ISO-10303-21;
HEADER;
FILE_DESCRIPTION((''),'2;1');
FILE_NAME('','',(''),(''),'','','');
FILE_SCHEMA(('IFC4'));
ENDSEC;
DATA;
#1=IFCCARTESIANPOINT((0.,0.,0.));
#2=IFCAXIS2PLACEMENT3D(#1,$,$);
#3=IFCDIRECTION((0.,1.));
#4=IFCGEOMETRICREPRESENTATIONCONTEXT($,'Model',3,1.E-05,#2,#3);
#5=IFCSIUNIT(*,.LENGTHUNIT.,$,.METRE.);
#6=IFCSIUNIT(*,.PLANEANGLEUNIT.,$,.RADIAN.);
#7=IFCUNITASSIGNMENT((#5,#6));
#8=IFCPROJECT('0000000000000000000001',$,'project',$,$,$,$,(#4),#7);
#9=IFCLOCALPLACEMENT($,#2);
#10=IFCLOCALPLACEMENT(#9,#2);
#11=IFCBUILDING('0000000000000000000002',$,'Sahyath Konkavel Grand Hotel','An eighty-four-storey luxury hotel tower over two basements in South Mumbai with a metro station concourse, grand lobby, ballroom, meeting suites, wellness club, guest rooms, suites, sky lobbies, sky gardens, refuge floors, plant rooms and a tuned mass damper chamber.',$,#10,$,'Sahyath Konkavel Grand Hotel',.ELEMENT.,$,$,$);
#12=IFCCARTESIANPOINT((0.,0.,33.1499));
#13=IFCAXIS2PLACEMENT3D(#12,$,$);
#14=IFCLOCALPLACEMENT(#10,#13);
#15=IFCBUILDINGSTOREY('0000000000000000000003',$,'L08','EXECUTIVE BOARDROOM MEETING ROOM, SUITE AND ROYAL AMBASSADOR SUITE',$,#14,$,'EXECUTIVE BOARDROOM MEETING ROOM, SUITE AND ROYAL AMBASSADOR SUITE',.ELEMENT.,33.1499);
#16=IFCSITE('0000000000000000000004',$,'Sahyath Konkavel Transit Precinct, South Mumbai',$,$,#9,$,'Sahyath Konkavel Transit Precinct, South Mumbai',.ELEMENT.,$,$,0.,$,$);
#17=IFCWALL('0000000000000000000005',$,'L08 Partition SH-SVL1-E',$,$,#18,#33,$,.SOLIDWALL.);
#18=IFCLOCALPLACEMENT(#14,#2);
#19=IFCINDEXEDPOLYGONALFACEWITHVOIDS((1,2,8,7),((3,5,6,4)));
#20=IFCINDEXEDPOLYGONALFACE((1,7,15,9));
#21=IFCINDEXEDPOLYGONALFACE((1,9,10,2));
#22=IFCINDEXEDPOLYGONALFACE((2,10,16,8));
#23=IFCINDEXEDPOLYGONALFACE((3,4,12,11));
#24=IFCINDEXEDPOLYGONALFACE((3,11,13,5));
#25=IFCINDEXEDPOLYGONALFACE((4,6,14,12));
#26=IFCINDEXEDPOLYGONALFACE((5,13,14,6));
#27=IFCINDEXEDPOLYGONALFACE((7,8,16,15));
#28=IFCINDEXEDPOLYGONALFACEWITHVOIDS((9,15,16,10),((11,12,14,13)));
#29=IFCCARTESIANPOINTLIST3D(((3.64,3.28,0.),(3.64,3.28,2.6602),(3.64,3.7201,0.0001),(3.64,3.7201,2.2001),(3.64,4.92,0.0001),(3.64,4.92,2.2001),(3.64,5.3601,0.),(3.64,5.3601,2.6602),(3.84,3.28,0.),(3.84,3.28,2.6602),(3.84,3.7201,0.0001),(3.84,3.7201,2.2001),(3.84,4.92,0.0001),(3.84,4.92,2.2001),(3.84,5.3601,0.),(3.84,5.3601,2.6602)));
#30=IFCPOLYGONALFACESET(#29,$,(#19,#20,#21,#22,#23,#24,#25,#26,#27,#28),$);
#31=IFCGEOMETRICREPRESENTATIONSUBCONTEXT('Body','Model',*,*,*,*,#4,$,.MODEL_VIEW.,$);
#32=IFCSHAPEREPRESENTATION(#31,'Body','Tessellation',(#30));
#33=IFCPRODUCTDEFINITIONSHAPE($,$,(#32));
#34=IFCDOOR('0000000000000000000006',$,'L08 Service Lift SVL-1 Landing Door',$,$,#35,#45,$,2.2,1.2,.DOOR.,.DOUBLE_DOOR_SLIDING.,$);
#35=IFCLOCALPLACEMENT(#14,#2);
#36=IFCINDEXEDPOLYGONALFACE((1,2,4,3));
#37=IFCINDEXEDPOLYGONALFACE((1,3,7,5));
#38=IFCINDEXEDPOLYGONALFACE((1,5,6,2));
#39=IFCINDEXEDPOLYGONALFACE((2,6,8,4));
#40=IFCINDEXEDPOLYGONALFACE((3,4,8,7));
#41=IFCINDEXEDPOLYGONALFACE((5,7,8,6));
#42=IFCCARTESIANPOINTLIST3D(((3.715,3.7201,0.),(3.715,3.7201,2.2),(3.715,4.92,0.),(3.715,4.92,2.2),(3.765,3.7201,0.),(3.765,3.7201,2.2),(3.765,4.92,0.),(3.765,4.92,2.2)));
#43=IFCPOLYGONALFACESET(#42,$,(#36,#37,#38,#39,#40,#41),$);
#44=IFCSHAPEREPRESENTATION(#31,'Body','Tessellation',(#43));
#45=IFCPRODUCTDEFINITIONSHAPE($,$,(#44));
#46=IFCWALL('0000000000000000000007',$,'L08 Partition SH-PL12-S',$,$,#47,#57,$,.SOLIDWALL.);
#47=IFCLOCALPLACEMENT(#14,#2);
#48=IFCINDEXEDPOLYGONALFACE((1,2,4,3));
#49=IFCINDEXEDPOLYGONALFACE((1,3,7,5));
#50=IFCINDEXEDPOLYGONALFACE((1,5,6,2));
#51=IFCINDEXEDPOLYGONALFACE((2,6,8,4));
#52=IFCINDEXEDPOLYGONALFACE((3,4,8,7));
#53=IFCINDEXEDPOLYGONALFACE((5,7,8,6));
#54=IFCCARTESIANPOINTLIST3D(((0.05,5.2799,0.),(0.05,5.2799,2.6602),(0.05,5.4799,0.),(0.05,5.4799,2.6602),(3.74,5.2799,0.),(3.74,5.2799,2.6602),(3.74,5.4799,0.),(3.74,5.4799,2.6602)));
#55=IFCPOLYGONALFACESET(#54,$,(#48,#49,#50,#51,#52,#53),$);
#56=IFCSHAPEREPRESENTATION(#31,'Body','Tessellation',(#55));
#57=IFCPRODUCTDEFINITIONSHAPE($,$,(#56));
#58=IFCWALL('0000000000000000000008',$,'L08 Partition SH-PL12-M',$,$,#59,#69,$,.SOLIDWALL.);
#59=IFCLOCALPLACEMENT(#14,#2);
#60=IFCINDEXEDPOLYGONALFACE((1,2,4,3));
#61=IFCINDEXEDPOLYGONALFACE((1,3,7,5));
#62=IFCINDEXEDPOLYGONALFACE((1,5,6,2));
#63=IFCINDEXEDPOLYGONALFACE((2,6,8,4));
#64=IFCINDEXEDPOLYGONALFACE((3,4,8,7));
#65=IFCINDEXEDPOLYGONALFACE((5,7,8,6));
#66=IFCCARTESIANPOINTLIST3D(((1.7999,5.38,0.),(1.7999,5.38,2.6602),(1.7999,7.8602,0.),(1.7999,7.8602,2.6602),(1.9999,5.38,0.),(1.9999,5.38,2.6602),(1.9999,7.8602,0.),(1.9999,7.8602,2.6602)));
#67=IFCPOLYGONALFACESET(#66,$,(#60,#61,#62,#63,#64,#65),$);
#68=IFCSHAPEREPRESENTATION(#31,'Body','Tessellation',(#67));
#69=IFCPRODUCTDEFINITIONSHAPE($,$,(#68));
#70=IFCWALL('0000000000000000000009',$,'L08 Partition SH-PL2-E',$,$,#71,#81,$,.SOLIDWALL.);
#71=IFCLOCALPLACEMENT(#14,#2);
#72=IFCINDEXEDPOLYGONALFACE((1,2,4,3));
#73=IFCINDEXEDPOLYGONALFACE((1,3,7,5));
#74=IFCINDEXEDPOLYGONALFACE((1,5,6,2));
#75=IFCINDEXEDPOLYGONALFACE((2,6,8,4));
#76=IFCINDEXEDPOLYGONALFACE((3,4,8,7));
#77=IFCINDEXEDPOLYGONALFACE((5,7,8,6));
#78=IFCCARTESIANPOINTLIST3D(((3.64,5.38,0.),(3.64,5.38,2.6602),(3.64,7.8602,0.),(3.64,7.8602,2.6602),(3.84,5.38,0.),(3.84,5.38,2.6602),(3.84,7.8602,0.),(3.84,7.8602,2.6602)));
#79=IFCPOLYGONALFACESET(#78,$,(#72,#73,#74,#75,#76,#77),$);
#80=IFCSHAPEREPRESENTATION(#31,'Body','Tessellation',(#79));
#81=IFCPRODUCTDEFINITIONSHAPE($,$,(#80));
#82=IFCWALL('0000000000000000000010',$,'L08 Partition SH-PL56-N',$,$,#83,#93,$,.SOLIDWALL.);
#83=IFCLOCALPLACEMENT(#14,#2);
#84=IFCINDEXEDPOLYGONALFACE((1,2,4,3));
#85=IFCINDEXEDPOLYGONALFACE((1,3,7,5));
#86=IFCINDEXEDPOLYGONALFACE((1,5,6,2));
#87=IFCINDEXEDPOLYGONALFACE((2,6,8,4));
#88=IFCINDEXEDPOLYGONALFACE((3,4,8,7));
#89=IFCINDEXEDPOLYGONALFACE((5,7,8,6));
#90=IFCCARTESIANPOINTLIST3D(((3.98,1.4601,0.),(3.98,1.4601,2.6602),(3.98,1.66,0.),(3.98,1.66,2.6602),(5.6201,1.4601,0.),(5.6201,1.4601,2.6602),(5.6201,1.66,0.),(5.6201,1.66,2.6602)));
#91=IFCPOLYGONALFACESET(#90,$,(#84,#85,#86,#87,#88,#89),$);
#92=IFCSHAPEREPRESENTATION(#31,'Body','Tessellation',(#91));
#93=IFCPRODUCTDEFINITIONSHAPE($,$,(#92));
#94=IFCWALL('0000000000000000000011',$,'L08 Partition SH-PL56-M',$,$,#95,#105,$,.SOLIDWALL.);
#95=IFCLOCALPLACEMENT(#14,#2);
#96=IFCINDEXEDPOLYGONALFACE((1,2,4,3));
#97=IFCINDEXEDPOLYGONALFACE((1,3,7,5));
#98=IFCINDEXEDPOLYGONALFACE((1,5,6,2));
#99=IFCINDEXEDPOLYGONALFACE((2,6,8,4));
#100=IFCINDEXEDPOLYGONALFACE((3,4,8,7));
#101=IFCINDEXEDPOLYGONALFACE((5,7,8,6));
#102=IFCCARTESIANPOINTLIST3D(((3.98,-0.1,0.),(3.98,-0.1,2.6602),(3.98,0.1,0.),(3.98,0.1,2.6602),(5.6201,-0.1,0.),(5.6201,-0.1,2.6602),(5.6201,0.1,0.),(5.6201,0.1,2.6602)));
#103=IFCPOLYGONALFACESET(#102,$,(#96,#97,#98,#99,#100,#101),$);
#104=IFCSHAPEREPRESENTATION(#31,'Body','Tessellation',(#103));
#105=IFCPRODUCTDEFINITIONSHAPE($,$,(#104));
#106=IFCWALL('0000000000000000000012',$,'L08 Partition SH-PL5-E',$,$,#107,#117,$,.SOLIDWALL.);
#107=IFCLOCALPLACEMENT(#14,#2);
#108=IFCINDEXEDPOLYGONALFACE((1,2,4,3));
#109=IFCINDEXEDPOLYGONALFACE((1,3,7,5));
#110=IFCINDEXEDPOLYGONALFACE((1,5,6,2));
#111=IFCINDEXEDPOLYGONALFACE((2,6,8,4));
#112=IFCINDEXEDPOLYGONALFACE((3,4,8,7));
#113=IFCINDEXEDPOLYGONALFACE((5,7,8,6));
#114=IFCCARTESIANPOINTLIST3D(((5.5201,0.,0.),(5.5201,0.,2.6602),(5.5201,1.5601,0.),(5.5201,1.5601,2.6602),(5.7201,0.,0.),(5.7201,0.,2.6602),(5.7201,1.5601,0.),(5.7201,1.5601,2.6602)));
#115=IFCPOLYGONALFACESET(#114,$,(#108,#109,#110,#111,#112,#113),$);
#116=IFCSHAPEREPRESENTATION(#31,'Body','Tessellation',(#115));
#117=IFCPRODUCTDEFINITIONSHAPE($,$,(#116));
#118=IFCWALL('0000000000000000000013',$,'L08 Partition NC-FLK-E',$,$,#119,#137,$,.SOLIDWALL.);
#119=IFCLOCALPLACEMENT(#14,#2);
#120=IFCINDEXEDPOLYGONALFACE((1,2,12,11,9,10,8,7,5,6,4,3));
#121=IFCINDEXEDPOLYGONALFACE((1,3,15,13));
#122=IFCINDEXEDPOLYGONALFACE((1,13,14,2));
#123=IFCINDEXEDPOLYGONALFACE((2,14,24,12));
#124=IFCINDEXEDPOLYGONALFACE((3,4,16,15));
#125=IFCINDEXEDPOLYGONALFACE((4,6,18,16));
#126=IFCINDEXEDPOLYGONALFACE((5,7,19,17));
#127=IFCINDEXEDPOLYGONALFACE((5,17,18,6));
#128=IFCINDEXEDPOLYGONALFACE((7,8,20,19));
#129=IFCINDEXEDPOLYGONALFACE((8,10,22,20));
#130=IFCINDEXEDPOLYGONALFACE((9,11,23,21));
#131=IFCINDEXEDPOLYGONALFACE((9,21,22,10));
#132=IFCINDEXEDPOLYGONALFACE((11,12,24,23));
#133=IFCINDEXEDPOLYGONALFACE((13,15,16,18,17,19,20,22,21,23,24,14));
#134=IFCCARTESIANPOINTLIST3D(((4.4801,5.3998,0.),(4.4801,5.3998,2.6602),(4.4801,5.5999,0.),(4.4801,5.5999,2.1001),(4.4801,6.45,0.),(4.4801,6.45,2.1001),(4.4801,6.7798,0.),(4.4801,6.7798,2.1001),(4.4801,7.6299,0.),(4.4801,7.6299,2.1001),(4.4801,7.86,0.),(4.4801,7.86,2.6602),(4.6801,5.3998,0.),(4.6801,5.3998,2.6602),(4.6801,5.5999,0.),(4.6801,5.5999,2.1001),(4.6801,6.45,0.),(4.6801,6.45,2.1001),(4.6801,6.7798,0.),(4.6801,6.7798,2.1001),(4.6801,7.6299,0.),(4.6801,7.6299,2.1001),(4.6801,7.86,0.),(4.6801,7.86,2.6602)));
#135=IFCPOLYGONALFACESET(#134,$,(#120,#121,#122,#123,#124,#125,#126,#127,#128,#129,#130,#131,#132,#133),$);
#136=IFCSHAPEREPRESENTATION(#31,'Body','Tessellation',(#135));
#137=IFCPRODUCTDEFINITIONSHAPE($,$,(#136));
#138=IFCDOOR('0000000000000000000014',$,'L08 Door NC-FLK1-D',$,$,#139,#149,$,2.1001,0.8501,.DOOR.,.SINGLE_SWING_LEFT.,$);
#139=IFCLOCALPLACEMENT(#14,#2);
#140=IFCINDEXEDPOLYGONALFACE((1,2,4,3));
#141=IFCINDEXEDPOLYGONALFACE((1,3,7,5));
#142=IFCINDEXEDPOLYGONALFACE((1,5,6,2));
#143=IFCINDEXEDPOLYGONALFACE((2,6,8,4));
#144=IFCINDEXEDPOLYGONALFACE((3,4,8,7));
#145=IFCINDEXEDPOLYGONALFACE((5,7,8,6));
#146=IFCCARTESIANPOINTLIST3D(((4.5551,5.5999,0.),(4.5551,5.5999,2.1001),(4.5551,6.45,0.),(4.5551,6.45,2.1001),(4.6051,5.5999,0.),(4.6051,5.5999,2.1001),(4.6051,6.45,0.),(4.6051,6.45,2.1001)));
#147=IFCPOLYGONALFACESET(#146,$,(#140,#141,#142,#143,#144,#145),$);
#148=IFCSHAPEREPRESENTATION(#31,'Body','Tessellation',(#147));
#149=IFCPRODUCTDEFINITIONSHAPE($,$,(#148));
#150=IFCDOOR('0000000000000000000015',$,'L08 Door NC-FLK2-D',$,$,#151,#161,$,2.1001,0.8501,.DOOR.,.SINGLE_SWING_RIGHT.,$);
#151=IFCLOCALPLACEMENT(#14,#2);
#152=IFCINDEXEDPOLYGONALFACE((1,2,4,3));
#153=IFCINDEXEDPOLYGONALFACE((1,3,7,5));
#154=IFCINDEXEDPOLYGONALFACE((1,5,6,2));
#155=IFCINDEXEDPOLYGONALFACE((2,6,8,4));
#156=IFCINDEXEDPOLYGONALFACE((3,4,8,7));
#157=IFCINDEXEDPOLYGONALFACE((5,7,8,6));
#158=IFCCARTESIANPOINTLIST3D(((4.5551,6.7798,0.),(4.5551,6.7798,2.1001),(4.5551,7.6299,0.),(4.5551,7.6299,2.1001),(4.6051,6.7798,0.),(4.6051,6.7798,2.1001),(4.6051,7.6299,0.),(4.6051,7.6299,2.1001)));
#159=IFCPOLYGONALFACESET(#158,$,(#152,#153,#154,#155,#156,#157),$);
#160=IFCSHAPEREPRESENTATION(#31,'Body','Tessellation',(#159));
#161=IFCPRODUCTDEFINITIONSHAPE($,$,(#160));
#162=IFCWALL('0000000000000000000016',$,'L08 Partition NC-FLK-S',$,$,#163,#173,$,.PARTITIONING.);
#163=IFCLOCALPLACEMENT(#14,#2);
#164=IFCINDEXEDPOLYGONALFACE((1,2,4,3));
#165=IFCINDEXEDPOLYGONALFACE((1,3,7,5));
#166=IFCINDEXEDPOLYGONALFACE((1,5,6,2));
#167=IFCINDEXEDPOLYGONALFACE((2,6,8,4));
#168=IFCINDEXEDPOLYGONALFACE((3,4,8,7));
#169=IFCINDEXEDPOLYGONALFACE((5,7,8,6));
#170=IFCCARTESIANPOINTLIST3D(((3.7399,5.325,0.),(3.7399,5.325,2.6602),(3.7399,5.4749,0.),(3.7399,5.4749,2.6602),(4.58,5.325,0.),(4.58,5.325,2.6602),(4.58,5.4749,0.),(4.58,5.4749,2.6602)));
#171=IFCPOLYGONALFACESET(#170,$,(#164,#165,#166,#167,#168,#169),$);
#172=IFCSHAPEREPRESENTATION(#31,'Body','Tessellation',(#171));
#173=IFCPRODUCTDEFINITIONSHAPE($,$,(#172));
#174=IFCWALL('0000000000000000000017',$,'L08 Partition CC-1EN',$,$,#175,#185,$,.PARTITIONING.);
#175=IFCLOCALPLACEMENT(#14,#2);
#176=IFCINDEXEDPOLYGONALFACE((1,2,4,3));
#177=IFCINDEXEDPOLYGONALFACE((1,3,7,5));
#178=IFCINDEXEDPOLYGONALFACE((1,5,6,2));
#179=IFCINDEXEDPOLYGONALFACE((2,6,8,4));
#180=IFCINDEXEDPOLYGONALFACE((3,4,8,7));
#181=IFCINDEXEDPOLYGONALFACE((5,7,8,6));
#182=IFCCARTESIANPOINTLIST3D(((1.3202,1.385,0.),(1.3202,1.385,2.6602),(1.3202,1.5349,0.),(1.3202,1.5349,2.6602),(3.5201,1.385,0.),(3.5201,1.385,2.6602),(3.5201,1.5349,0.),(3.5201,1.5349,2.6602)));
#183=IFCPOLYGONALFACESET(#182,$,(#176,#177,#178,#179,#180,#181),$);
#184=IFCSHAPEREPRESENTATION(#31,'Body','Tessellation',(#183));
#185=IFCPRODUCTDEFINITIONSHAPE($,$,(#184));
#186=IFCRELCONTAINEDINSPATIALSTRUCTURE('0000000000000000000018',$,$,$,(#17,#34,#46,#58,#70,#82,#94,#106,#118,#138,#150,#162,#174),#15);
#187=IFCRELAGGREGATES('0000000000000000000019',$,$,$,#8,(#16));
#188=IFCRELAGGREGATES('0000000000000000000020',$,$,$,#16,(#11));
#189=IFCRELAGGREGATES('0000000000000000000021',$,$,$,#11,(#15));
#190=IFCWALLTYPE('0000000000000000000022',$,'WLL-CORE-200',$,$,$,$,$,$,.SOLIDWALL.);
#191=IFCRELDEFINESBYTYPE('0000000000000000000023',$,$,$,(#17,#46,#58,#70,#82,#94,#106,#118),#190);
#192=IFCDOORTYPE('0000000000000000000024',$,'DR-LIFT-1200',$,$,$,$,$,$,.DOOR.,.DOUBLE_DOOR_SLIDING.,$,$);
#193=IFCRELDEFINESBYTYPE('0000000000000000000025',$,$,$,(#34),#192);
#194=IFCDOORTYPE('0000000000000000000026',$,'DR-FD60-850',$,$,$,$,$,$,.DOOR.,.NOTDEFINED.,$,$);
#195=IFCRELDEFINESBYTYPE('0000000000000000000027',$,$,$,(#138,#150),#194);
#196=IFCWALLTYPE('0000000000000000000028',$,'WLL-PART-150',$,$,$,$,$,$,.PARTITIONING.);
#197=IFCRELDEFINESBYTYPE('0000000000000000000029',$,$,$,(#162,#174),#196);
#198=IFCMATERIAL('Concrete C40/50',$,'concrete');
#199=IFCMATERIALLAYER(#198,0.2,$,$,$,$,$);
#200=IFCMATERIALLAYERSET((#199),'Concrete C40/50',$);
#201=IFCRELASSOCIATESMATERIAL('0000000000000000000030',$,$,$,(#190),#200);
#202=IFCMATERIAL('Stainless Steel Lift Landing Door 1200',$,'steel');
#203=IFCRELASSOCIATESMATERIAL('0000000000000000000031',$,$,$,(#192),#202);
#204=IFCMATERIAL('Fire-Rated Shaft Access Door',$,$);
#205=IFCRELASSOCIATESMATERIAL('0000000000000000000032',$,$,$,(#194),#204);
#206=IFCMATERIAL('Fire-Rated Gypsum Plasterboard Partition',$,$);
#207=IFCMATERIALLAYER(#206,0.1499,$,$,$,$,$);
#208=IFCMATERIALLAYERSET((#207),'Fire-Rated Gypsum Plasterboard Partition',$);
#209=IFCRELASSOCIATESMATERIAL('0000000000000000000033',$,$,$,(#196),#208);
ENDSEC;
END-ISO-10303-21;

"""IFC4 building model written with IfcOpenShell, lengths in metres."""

from ifc_helpers import new_model, si_unit, direction, frame, frame_2d, origin, origin_2d, place, context, subcontext, project, spatial, rectangle, extrude, source, transform, mapped, material, layer, layer_set, type_object, element, fill, save


model = new_model("IFC4")

# Units and contexts
model_context = context("Model", 3, precision=1e-05, world=origin(), true_north=direction((0.0, 1.0)))
body_context = subcontext(model_context, "Body", "Model", "MODEL_VIEW")
ifc_project = project(units=[si_unit("LENGTHUNIT", "METRE"), si_unit("PLANEANGLEUNIT", "RADIAN")], contexts=[model_context])

# Site, building, storey
site_placement = place(None, origin())
site = spatial("IfcSite", under=ifc_project, at=site_placement, Name="Sahyath Konkavel Transit Precinct, South Mumbai", LongName="Sahyath Konkavel Transit Precinct, South Mumbai", CompositionType="ELEMENT", RefElevation=0.0)
building_placement = place(site_placement, origin())
building = spatial("IfcBuilding", under=site, at=building_placement, Name="Sahyath Konkavel Grand Hotel", Description="An eighty-four-storey luxury hotel tower over two basements in South Mumbai with a metro station concourse, grand lobby, ballroom, meeting suites, wellness club, guest rooms, suites, sky lobbies, sky gardens, refuge floors, plant rooms and a tuned mass damper chamber.", LongName="Sahyath Konkavel Grand Hotel", CompositionType="ELEMENT")
storey_placement = place(building_placement, frame((0.0, 0.0, 33.1499)))
storey = spatial("IfcBuildingStorey", under=building, at=storey_placement, Name="L08", Description="EXECUTIVE BOARDROOM MEETING ROOM, SUITE AND ROYAL AMBASSADOR SUITE", LongName="EXECUTIVE BOARDROOM MEETING ROOM, SUITE AND ROYAL AMBASSADOR SUITE", CompositionType="ELEMENT", Elevation=33.1499)

# Shared definitions
ifc_material_1 = material(Name="Concrete C40/50", Category="concrete")

# Shared definitions
ifc_layer_1 = layer(ifc_material_1, 0.2)
ifc_layer_set_1 = layer_set([ifc_layer_1], Name="Concrete C40/50")
wall_type_1 = type_object("IfcWallType", Name="WLL-CORE-200", PredefinedType="SOLIDWALL", material=ifc_layer_set_1)

# Wall, opening, door
wall_1_placement = place(storey_placement, frame((3.74, 3.28, 0.0), z_axis=(0.0, 0.0, 1.0), x_axis=(0.0, 1.0, 0.0)))
wall_1 = element("IfcWall", 1, at=wall_1_placement, inside=storey, type_object=wall_type_1, Name="L08 Partition SH-SVL1-E", PredefinedType="SOLIDWALL", context=body_context, shape_type="SweptSolid", body=[
    extrude(rectangle(XDim=2.0801, YDim=0.2, at=frame_2d((1.04, 0.0))), origin(), (0.0, 0.0, 1.0), 2.6602),
])
opening_1_placement = place(wall_1_placement, frame((0.4399, 0.0, 0.0)))
opening_1 = element("IfcOpeningElement", 2, at=opening_1_placement, cuts=wall_1, PredefinedType="OPENING", context=body_context, shape_type="SweptSolid", body=[
    extrude(rectangle(XDim=1.2, YDim=2.2, at=frame_2d((0.6001, 1.1001))), frame((0.0, 0.1099, 0.0), z_axis=(0.0, -1.0, 0.0), x_axis=(1.0, 0.0, 0.0)), (0.0, 0.0, 1.0), 0.22),
])
ifc_material_2 = material(Name="Stainless Steel Lift Landing Door 1200", Category="steel")
door_type_1 = type_object("IfcDoorType", Name="DR-LIFT-1200", OperationType="DOUBLE_DOOR_SLIDING", PredefinedType="DOOR", material=ifc_material_2)
shared_shape_1 = source(origin(), body_context, "Body", "SweptSolid", [
    extrude(rectangle(XDim=1.2, YDim=0.05, at=origin_2d()), origin(), (0.0, 0.0, 1.0), 2.2),
])
door_1_placement = place(opening_1_placement, frame((0.6001, 0.0, 0.0)))
door_1 = element("IfcDoor", 3, at=door_1_placement, inside=storey, type_object=door_type_1, Name="L08 Service Lift SVL-1 Landing Door", OperationType="DOUBLE_DOOR_SLIDING", OverallHeight=2.2, OverallWidth=1.2, PredefinedType="DOOR", context=body_context, shape_type="MappedRepresentation", body=[
    mapped(shared_shape_1, transform((0.0, 0.0, 0.0), scale=1.0)),
])
fill(opening_1, door_1)

# Walls
wall_2_placement = place(storey_placement, frame((0.05, 5.3799, 0.0), z_axis=(0.0, 0.0, 1.0), x_axis=(1.0, 0.0, 0.0)))
element("IfcWall", 4, at=wall_2_placement, inside=storey, type_object=wall_type_1, Name="L08 Partition SH-PL12-S", PredefinedType="SOLIDWALL", context=body_context, shape_type="SweptSolid", body=[
    extrude(rectangle(XDim=3.6899, YDim=0.2, at=frame_2d((1.845, 0.0))), origin(), (0.0, 0.0, 1.0), 2.6602),
])
for number, where, z_axis, x_axis, name in (
    (5, (1.8999, 5.3799, 0.0), (0.0, 0.0, 1.0), (0.0, 1.0, 0.0), "L08 Partition SH-PL12-M"),
    (6, (3.74, 5.3799, 0.0), (0.0, 0.0, 1.0), (0.0, 1.0, 0.0), "L08 Partition SH-PL2-E"),
):
    element("IfcWall", number, at=place(storey_placement, frame(where, z_axis=z_axis, x_axis=x_axis)), inside=storey, type_object=wall_type_1, Name=name, PredefinedType="SOLIDWALL", context=body_context, shape_type="SweptSolid", body=[
        extrude(rectangle(XDim=2.4802, YDim=0.2, at=frame_2d((1.2402, 0.0))), origin(), (0.0, 0.0, 1.0), 2.6602),
    ])
for number, where, z_axis, x_axis, name in (
    (7, (3.98, 1.5601, 0.0), (0.0, 0.0, 1.0), (1.0, 0.0, 0.0), "L08 Partition SH-PL56-N"),
    (8, (3.98, 0.0, 0.0), (0.0, 0.0, 1.0), (1.0, 0.0, 0.0), "L08 Partition SH-PL56-M"),
):
    element("IfcWall", number, at=place(storey_placement, frame(where, z_axis=z_axis, x_axis=x_axis)), inside=storey, type_object=wall_type_1, Name=name, PredefinedType="SOLIDWALL", context=body_context, shape_type="SweptSolid", body=[
        extrude(rectangle(XDim=1.6401, YDim=0.2, at=frame_2d((0.8201, 0.0))), origin(), (0.0, 0.0, 1.0), 2.6602),
    ])
wall_3_placement = place(storey_placement, frame((5.6201, 0.0, 0.0), z_axis=(0.0, 0.0, 1.0), x_axis=(0.0, 1.0, 0.0)))
element("IfcWall", 9, at=wall_3_placement, inside=storey, type_object=wall_type_1, Name="L08 Partition SH-PL5-E", PredefinedType="SOLIDWALL", context=body_context, shape_type="SweptSolid", body=[
    extrude(rectangle(XDim=1.5601, YDim=0.2, at=frame_2d((0.78, 0.0))), origin(), (0.0, 0.0, 1.0), 2.6602),
])

# Wall, openings, doors
wall_4_placement = place(storey_placement, frame((4.5801, 5.3999, 0.0), z_axis=(0.0, 0.0, 1.0), x_axis=(0.0, 1.0, 0.0)))
wall_4 = element("IfcWall", 10, at=wall_4_placement, inside=storey, type_object=wall_type_1, Name="L08 Partition NC-FLK-E", PredefinedType="SOLIDWALL", context=body_context, shape_type="SweptSolid", body=[
    extrude(rectangle(XDim=2.4602, YDim=0.2, at=frame_2d((1.23, 0.0))), origin(), (0.0, 0.0, 1.0), 2.6602),
])
opening_2_placement = place(wall_4_placement, frame((0.2, 0.0, 0.0)))
opening_2 = element("IfcOpeningElement", 11, at=opening_2_placement, cuts=wall_4, PredefinedType="OPENING", context=body_context, shape_type="SweptSolid", body=[
    extrude(rectangle(XDim=0.8501, YDim=2.1001, at=frame_2d((0.425, 1.05))), frame((0.0, 0.1099, 0.0), z_axis=(0.0, -1.0, 0.0), x_axis=(1.0, 0.0, 0.0)), (0.0, 0.0, 1.0), 0.22),
])
opening_3_placement = place(wall_4_placement, frame((1.3799, 0.0, 0.0)))
opening_3 = element("IfcOpeningElement", 12, at=opening_3_placement, cuts=wall_4, PredefinedType="OPENING", context=body_context, shape_type="SweptSolid", body=[
    extrude(rectangle(XDim=0.8501, YDim=2.1001, at=frame_2d((0.425, 1.05))), frame((0.0, 0.1099, 0.0), z_axis=(0.0, -1.0, 0.0), x_axis=(1.0, 0.0, 0.0)), (0.0, 0.0, 1.0), 0.22),
])
ifc_material_3 = material(Name="Fire-Rated Shaft Access Door")
door_type_2 = type_object("IfcDoorType", Name="DR-FD60-850", OperationType="NOTDEFINED", PredefinedType="DOOR", material=ifc_material_3)
shared_shape_2 = source(origin(), body_context, "Body", "SweptSolid", [
    extrude(rectangle(XDim=0.8501, YDim=0.05, at=origin_2d()), origin(), (0.0, 0.0, 1.0), 2.1001),
])
door_2_placement = place(opening_2_placement, frame((0.425, 0.0, 0.0)))
door_2 = element("IfcDoor", 13, at=door_2_placement, inside=storey, type_object=door_type_2, Name="L08 Door NC-FLK1-D", OperationType="SINGLE_SWING_LEFT", OverallHeight=2.1001, OverallWidth=0.8501, PredefinedType="DOOR", context=body_context, shape_type="MappedRepresentation", body=[
    mapped(shared_shape_2, transform((0.0, 0.0, 0.0), scale=1.0)),
])
fill(opening_2, door_2)
door_3_placement = place(opening_3_placement, frame((0.425, 0.0, 0.0)))
door_3 = element("IfcDoor", 14, at=door_3_placement, inside=storey, type_object=door_type_2, Name="L08 Door NC-FLK2-D", OperationType="SINGLE_SWING_RIGHT", OverallHeight=2.1001, OverallWidth=0.8501, PredefinedType="DOOR", context=body_context, shape_type="MappedRepresentation", body=[
    mapped(shared_shape_2, transform((0.0, 0.0, 0.0), scale=1.0)),
])
fill(opening_3, door_3)

# Walls
ifc_material_4 = material(Name="Fire-Rated Gypsum Plasterboard Partition")
ifc_layer_2 = layer(ifc_material_4, 0.1499)
ifc_layer_set_2 = layer_set([ifc_layer_2], Name="Fire-Rated Gypsum Plasterboard Partition")
wall_type_2 = type_object("IfcWallType", Name="WLL-PART-150", PredefinedType="PARTITIONING", material=ifc_layer_set_2)
wall_5_placement = place(storey_placement, frame((3.74, 5.3999, 0.0), z_axis=(0.0, 0.0, 1.0), x_axis=(1.0, 0.0, 0.0)))
element("IfcWall", 15, at=wall_5_placement, inside=storey, type_object=wall_type_2, Name="L08 Partition NC-FLK-S", PredefinedType="PARTITIONING", context=body_context, shape_type="SweptSolid", body=[
    extrude(rectangle(XDim=0.8401, YDim=0.1499, at=frame_2d((0.4199, 0.0))), origin(), (0.0, 0.0, 1.0), 2.6602),
])
wall_6_placement = place(storey_placement, frame((1.3201, 1.46, 0.0), z_axis=(0.0, 0.0, 1.0), x_axis=(1.0, 0.0, 0.0)))
element("IfcWall", 16, at=wall_6_placement, inside=storey, type_object=wall_type_2, Name="L08 Partition CC-1EN", PredefinedType="PARTITIONING", context=body_context, shape_type="SweptSolid", body=[
    extrude(rectangle(XDim=2.2, YDim=0.1499, at=frame_2d((1.1001, 0.0))), origin(), (0.0, 0.0, 1.0), 2.6602),
])

save(model, "model.ifc")
